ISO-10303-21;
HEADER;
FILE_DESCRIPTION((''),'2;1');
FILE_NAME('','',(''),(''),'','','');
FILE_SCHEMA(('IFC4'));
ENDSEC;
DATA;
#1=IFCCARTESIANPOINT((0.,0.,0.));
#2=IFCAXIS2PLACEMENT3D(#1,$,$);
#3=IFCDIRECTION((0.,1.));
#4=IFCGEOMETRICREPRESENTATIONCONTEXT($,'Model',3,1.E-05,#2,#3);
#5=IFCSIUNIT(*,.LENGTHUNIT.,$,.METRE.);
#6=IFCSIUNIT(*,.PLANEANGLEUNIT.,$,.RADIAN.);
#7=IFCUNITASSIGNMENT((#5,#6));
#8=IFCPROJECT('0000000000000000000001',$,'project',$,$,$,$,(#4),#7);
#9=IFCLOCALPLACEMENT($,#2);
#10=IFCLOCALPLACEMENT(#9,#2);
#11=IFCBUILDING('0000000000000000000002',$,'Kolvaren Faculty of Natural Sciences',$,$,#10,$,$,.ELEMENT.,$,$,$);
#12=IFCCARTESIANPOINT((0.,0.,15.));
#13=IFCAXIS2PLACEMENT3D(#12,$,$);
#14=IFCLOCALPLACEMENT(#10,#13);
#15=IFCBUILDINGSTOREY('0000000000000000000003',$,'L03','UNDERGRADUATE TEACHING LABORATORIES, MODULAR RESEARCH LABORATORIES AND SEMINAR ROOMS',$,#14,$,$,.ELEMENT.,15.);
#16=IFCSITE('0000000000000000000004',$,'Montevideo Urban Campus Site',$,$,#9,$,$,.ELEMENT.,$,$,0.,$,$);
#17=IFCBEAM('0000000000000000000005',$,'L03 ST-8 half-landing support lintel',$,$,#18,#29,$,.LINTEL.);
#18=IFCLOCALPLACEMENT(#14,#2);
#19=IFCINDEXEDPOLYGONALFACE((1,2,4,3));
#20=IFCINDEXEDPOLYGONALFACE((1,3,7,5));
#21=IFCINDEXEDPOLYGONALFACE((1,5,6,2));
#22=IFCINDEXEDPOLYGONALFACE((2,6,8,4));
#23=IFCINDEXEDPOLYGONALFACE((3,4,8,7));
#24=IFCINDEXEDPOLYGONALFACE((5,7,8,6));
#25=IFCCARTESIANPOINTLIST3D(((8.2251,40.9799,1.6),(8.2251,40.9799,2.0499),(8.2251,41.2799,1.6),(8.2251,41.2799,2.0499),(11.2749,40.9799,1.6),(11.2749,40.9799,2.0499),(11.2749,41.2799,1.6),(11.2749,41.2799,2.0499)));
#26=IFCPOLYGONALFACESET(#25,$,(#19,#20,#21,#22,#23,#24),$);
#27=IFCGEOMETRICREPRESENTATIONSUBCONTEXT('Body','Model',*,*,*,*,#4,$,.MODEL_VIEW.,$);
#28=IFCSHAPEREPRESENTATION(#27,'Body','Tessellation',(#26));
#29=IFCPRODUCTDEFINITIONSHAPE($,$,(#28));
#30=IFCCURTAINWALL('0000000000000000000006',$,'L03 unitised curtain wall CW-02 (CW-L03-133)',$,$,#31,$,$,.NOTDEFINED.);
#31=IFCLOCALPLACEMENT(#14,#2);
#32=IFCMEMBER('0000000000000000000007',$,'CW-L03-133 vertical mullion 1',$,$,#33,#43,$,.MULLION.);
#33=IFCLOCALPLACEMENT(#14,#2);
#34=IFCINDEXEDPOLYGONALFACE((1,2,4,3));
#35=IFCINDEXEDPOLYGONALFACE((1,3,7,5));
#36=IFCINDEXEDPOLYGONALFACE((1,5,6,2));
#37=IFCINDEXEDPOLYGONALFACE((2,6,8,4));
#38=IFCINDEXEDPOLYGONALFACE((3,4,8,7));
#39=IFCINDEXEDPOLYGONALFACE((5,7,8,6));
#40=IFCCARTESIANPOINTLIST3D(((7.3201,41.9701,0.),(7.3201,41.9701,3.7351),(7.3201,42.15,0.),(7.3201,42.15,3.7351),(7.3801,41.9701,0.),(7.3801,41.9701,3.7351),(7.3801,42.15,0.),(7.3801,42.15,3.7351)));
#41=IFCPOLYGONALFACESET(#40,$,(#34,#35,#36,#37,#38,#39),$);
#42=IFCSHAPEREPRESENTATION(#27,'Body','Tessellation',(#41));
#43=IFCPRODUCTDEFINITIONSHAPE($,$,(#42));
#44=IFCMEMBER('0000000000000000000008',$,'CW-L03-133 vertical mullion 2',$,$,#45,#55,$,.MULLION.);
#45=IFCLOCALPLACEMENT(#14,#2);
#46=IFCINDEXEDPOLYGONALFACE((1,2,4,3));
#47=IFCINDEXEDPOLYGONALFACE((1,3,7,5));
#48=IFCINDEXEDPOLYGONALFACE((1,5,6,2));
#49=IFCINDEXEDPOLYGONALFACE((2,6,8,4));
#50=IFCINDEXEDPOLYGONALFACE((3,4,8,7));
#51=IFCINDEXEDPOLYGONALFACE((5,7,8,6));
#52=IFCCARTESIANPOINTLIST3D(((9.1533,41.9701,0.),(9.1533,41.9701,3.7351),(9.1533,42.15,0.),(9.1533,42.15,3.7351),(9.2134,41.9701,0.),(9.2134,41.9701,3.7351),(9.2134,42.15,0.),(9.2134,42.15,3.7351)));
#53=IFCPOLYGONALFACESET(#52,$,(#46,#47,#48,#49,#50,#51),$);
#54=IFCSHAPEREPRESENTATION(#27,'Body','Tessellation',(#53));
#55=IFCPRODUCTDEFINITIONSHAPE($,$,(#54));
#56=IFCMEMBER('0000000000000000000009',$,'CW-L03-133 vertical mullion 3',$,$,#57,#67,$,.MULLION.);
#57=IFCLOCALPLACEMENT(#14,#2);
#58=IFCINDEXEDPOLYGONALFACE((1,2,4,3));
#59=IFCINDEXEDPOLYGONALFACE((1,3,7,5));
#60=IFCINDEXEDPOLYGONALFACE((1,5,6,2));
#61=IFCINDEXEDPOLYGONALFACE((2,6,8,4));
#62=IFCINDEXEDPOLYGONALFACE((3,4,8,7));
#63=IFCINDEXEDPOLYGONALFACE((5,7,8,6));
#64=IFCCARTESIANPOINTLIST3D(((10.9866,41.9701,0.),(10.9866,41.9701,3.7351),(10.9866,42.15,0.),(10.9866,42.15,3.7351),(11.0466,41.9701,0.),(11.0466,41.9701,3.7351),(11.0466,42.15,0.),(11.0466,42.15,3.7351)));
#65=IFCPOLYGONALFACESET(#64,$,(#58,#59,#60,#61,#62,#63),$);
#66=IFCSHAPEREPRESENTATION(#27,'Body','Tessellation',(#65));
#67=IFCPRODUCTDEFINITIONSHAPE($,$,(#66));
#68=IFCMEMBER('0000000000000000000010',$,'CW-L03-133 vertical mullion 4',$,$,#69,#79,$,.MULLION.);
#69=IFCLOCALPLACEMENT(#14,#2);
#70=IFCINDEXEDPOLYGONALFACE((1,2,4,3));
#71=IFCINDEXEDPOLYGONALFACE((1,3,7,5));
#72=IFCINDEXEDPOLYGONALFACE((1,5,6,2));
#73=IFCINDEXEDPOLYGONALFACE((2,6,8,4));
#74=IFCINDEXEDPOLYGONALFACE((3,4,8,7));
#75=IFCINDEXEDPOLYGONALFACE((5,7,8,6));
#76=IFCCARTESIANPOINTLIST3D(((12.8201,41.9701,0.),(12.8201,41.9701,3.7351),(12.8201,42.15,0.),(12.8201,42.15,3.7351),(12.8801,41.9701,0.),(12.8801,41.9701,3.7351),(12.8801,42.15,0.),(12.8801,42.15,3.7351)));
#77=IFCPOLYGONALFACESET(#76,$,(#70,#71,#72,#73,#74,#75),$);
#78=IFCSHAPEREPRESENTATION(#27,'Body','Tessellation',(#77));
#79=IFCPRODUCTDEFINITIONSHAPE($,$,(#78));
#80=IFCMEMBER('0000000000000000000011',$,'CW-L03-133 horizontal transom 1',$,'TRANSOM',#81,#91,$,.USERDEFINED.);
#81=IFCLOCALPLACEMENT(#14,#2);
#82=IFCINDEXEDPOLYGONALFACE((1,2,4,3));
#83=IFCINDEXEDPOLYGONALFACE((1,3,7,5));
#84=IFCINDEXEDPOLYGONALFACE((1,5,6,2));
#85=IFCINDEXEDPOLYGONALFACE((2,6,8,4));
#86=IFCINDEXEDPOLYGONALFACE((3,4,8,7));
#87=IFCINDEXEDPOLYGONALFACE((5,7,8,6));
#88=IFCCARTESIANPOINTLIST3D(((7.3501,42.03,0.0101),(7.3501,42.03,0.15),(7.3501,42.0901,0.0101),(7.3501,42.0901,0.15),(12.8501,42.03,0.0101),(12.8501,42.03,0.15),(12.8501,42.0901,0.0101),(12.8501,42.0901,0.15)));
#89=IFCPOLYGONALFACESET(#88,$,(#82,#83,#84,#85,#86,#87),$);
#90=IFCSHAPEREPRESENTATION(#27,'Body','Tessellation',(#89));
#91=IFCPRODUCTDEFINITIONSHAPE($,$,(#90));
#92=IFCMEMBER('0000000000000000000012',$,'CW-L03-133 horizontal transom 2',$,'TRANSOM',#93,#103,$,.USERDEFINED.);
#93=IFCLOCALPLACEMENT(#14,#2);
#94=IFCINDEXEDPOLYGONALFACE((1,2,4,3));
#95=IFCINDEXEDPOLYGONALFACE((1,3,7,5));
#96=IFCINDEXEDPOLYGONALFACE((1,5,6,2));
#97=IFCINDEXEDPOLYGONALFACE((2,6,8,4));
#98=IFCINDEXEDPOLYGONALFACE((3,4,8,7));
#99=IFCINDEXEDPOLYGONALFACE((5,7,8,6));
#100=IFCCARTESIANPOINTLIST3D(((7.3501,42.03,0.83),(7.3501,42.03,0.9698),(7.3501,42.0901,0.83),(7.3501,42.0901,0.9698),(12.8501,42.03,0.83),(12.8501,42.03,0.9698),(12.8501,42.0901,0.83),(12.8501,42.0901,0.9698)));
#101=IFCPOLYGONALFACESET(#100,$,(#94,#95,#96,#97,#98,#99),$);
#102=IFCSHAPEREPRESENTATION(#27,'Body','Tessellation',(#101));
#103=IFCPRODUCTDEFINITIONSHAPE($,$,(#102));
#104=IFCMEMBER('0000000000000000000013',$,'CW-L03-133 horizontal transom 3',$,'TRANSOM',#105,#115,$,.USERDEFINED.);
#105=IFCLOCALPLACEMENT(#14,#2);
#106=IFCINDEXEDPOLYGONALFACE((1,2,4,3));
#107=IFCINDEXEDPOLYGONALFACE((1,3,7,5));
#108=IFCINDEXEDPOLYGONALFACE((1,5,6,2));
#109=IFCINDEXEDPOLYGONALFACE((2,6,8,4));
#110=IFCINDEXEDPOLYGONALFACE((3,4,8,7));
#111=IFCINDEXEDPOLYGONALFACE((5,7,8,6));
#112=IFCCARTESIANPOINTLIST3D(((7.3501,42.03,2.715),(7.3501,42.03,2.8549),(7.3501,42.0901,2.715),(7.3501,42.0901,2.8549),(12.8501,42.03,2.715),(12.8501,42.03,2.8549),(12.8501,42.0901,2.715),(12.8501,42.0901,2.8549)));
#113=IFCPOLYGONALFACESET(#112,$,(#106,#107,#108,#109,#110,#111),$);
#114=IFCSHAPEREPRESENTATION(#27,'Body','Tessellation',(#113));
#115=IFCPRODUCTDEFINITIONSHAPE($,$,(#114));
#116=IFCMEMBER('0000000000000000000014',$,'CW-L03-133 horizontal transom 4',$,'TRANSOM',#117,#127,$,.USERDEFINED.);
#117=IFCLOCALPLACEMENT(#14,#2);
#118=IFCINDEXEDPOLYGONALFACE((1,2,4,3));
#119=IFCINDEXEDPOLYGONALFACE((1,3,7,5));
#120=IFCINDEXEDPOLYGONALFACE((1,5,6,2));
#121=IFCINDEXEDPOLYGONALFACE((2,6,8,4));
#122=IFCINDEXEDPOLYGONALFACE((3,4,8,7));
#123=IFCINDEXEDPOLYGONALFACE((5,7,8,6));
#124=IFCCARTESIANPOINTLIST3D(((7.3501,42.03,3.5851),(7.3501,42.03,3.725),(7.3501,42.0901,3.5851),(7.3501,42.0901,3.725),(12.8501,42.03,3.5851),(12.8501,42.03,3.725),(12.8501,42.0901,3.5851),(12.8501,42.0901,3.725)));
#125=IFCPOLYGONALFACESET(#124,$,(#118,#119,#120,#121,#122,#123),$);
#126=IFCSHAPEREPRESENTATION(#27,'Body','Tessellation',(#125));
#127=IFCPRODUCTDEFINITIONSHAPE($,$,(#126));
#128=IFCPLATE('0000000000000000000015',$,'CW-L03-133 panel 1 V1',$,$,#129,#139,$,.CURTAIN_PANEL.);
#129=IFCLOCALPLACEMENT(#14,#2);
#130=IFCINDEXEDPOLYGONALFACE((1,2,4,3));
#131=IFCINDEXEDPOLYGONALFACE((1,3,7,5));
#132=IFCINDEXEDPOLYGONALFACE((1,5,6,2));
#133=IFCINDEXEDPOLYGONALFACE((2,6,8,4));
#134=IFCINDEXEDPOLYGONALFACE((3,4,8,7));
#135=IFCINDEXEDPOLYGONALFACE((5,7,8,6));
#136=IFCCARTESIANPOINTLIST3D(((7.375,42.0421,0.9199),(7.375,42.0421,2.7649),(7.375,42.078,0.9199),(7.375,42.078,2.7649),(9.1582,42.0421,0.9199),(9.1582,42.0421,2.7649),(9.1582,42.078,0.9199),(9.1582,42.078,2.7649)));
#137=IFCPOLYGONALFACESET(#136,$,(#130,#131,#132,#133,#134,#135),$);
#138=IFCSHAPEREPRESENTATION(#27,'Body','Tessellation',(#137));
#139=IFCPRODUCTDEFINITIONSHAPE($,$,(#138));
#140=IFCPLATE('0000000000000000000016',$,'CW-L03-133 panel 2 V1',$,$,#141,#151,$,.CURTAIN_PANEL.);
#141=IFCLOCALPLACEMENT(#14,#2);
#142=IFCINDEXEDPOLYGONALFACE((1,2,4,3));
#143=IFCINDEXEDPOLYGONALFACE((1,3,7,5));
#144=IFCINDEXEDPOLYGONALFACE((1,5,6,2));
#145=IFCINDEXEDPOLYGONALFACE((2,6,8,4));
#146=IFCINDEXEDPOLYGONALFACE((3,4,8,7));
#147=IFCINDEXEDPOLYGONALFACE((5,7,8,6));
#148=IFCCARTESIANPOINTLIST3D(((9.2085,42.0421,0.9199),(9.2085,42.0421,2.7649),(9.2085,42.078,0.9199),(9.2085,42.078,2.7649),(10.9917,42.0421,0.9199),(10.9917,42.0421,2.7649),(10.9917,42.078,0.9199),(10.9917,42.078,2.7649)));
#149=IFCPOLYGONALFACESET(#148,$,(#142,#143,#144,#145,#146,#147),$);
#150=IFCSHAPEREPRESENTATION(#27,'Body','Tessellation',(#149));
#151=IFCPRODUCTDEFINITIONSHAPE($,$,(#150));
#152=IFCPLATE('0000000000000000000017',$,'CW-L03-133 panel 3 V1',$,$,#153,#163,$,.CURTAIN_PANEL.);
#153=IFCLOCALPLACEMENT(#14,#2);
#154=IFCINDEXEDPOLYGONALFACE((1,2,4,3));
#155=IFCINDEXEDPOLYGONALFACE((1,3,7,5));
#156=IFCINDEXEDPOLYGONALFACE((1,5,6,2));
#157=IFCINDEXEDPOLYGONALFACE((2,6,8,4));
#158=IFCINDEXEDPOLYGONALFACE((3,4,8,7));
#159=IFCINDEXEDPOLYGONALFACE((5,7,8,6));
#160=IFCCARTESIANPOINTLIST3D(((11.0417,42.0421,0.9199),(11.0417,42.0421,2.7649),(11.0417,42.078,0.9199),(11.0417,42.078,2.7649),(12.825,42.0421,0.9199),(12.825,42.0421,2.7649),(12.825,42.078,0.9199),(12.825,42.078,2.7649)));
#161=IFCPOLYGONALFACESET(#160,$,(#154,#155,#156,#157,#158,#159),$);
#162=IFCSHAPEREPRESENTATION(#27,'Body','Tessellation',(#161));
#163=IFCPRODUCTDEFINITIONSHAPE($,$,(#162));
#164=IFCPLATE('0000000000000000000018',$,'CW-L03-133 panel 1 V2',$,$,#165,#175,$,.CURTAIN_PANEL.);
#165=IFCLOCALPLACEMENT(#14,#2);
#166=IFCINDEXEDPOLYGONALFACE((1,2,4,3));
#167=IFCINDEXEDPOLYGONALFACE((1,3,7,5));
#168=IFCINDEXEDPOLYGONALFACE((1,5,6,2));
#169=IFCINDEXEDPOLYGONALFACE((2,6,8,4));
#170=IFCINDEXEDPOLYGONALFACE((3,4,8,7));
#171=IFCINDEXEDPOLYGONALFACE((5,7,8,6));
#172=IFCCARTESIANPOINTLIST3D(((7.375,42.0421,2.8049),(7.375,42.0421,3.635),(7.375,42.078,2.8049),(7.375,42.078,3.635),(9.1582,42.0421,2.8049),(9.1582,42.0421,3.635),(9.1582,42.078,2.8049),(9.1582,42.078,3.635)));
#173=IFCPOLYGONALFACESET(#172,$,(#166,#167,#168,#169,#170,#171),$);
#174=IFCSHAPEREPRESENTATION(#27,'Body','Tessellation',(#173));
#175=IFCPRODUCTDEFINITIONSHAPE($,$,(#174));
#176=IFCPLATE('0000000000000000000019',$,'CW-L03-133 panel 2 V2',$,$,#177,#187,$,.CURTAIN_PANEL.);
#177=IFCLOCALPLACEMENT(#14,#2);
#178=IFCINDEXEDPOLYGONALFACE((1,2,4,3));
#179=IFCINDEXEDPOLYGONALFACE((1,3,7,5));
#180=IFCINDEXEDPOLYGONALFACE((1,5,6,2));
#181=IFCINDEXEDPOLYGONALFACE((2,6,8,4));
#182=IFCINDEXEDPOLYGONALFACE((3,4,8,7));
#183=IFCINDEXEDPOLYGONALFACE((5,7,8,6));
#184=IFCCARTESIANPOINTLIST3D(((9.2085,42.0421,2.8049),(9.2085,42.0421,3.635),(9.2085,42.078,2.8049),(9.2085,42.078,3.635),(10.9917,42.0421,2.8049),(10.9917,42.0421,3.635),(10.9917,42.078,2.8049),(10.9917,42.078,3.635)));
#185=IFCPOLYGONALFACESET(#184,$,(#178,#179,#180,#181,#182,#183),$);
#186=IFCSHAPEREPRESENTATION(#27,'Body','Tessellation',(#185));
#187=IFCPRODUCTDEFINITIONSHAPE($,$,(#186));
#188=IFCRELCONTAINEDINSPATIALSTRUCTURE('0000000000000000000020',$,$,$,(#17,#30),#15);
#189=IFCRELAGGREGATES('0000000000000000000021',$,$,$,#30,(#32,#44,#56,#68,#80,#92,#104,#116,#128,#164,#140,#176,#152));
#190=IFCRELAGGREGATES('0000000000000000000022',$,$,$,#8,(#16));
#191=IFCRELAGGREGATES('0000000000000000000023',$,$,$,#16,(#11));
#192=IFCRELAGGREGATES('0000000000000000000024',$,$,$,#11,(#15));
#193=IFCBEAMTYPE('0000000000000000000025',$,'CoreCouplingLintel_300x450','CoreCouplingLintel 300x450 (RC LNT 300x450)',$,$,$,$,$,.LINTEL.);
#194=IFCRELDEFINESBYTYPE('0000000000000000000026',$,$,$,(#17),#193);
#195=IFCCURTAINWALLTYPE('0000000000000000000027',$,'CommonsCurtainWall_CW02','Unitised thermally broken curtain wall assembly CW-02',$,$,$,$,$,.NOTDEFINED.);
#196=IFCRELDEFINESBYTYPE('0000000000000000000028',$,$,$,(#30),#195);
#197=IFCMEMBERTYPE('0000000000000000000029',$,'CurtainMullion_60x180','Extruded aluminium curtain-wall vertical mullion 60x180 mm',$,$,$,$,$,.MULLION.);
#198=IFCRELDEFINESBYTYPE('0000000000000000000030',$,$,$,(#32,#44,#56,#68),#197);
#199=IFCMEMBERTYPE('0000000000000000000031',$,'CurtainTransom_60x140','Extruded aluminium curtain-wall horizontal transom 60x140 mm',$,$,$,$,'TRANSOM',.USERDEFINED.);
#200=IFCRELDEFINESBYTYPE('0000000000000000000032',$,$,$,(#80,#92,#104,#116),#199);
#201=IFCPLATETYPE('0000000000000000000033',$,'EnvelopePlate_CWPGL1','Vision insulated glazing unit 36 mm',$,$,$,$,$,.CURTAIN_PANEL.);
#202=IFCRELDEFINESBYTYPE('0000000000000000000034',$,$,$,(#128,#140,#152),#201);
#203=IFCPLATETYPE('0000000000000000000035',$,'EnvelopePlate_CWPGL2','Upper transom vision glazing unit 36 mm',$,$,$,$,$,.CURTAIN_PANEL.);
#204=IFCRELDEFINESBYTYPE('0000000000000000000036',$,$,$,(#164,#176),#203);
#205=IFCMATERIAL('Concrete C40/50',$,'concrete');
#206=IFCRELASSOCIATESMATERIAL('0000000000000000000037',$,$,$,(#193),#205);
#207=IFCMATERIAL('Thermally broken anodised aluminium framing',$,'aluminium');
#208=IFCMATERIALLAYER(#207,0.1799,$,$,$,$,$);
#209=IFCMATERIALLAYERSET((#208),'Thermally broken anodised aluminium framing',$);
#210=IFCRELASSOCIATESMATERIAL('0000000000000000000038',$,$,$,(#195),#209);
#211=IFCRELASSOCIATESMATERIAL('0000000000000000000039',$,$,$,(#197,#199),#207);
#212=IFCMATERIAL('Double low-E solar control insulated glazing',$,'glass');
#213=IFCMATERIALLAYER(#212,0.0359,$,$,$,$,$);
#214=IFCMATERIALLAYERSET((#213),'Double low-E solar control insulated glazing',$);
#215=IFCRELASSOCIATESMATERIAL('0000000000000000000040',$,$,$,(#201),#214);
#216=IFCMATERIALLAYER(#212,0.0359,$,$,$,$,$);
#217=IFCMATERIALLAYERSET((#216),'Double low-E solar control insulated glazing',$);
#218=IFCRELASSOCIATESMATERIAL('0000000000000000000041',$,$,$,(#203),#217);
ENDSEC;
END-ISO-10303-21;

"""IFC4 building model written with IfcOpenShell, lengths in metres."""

from ifc_helpers import new_model, si_unit, direction, frame, origin, origin_2d, place, context, subcontext, project, spatial, rectangle, extrude, material, layer, layer_set, material_profile, profile_set, type_object, element, aggregate, save


model = new_model("IFC4")

# Units and contexts
model_context = context("Model", 3, precision=1e-05, world=origin(), true_north=direction((0.0, 1.0)))
body_context = subcontext(model_context, "Body", "Model", "MODEL_VIEW")
ifc_project = project(units=[si_unit("LENGTHUNIT", "METRE"), si_unit("PLANEANGLEUNIT", "RADIAN")], contexts=[model_context])

# Site, building, storey
site_placement = place(None, origin())
site = spatial("IfcSite", under=ifc_project, at=site_placement, Name="Montevideo Urban Campus Site", CompositionType="ELEMENT", RefElevation=0.0)
building_placement = place(site_placement, origin())
building = spatial("IfcBuilding", under=site, at=building_placement, Name="Kolvaren Faculty of Natural Sciences", CompositionType="ELEMENT")
storey_placement = place(building_placement, frame((0.0, 0.0, 15.0)))
storey = spatial("IfcBuildingStorey", under=building, at=storey_placement, Name="L03", Description="UNDERGRADUATE TEACHING LABORATORIES, MODULAR RESEARCH LABORATORIES AND SEMINAR ROOMS", CompositionType="ELEMENT", Elevation=15.0)

# Beam
ifc_material_1 = material(Name="Concrete C40/50", Category="concrete")
ifc_material_profile_1 = material_profile(ifc_material_1, rectangle(XDim=0.3, YDim=0.45, at=origin_2d()), Name="RC LNT 300x450")
ifc_profile_set_1 = profile_set([ifc_material_profile_1], Name="Concrete C40/50")
beam_type = type_object("IfcBeamType", Name="CoreCouplingLintel_300x450", Description="CoreCouplingLintel 300x450 (RC LNT 300x450)", PredefinedType="LINTEL", material=ifc_profile_set_1)
beam_placement = place(storey_placement, frame((8.2251, 41.1299, 1.825), z_axis=(1.0, 0.0, 0.0), x_axis=(0.0, 1.0, 0.0)))
element("IfcBeam", 1, at=beam_placement, inside=storey, type_object=beam_type, Name="L03 ST-8 half-landing support lintel", PredefinedType="LINTEL", context=body_context, shape_type="SweptSolid", body=[
    extrude(rectangle(XDim=0.3, YDim=0.45, at=origin_2d()), origin(), (0.0, 0.0, 1.0), 3.0498),
])

# Curtain wall, members, plates
ifc_material_2 = material(Name="Thermally broken anodised aluminium framing", Category="aluminium")
ifc_layer_1 = layer(ifc_material_2, 0.1799)
ifc_layer_set_1 = layer_set([ifc_layer_1], Name="Thermally broken anodised aluminium framing")
curtain_wall_type = type_object("IfcCurtainWallType", Name="CommonsCurtainWall_CW02", Description="Unitised thermally broken curtain wall assembly CW-02", PredefinedType="NOTDEFINED", material=ifc_layer_set_1)
curtain_wall_placement = place(storey_placement, origin())
curtain_wall = element("IfcCurtainWall", 2, at=curtain_wall_placement, inside=storey, type_object=curtain_wall_type, Name="L03 unitised curtain wall CW-02 (CW-L03-133)", PredefinedType="NOTDEFINED")
ifc_material_profile_2 = material_profile(ifc_material_2, rectangle(XDim=0.0601, YDim=0.1799, at=origin_2d()), Name="ALU MUL 60x180")
ifc_profile_set_2 = profile_set([ifc_material_profile_2], Name="Thermally broken anodised aluminium framing")
member_type_1 = type_object("IfcMemberType", Name="CurtainMullion_60x180", Description="Extruded aluminium curtain-wall vertical mullion 60x180 mm", PredefinedType="MULLION", material=ifc_profile_set_2)
member_1_placement = place(storey_placement, frame((7.3501, 42.0601, 0.0), z_axis=(0.0, 0.0, 1.0), x_axis=(1.0, 0.0, 0.0)))
member_1 = element("IfcMember", 3, at=member_1_placement, type_object=member_type_1, Name="CW-L03-133 vertical mullion 1", PredefinedType="MULLION", context=body_context, shape_type="SweptSolid", body=[
    extrude(rectangle(XDim=0.0601, YDim=0.1799, at=origin_2d()), origin(), (0.0, 0.0, 1.0), 3.7351),
])
member_2_placement = place(storey_placement, frame((9.1833, 42.0601, 0.0), z_axis=(0.0, 0.0, 1.0), x_axis=(1.0, 0.0, 0.0)))
member_2 = element("IfcMember", 4, at=member_2_placement, type_object=member_type_1, Name="CW-L03-133 vertical mullion 2", PredefinedType="MULLION", context=body_context, shape_type="SweptSolid", body=[
    extrude(rectangle(XDim=0.0601, YDim=0.1799, at=origin_2d()), origin(), (0.0, 0.0, 1.0), 3.7351),
])
member_3_placement = place(storey_placement, frame((11.0166, 42.0601, 0.0), z_axis=(0.0, 0.0, 1.0), x_axis=(1.0, 0.0, 0.0)))
member_3 = element("IfcMember", 5, at=member_3_placement, type_object=member_type_1, Name="CW-L03-133 vertical mullion 3", PredefinedType="MULLION", context=body_context, shape_type="SweptSolid", body=[
    extrude(rectangle(XDim=0.0601, YDim=0.1799, at=origin_2d()), origin(), (0.0, 0.0, 1.0), 3.7351),
])
member_4_placement = place(storey_placement, frame((12.8501, 42.0601, 0.0), z_axis=(0.0, 0.0, 1.0), x_axis=(1.0, 0.0, 0.0)))
member_4 = element("IfcMember", 6, at=member_4_placement, type_object=member_type_1, Name="CW-L03-133 vertical mullion 4", PredefinedType="MULLION", context=body_context, shape_type="SweptSolid", body=[
    extrude(rectangle(XDim=0.0601, YDim=0.1799, at=origin_2d()), origin(), (0.0, 0.0, 1.0), 3.7351),
])
ifc_material_profile_3 = material_profile(ifc_material_2, rectangle(XDim=0.0601, YDim=0.1399, at=origin_2d()), Name="ALU TRN 60x140")
ifc_profile_set_3 = profile_set([ifc_material_profile_3], Name="Thermally broken anodised aluminium framing")
member_type_2 = type_object("IfcMemberType", Name="CurtainTransom_60x140", Description="Extruded aluminium curtain-wall horizontal transom 60x140 mm", ElementType="TRANSOM", PredefinedType="USERDEFINED", material=ifc_profile_set_3)
member_5_placement = place(storey_placement, frame((7.3501, 42.0601, 0.0801), z_axis=(1.0, 0.0, 0.0), x_axis=(0.0, 1.0, 0.0)))
member_5 = element("IfcMember", 7, at=member_5_placement, type_object=member_type_2, Name="CW-L03-133 horizontal transom 1", ObjectType="TRANSOM", PredefinedType="USERDEFINED", context=body_context, shape_type="SweptSolid", body=[
    extrude(rectangle(XDim=0.0601, YDim=0.1399, at=origin_2d()), origin(), (0.0, 0.0, 1.0), 5.5),
])
member_6_placement = place(storey_placement, frame((7.3501, 42.0601, 0.8999), z_axis=(1.0, 0.0, 0.0), x_axis=(0.0, 1.0, 0.0)))
member_6 = element("IfcMember", 8, at=member_6_placement, type_object=member_type_2, Name="CW-L03-133 horizontal transom 2", ObjectType="TRANSOM", PredefinedType="USERDEFINED", context=body_context, shape_type="SweptSolid", body=[
    extrude(rectangle(XDim=0.0601, YDim=0.1399, at=origin_2d()), origin(), (0.0, 0.0, 1.0), 5.5),
])
member_7_placement = place(storey_placement, frame((7.3501, 42.0601, 2.7849), z_axis=(1.0, 0.0, 0.0), x_axis=(0.0, 1.0, 0.0)))
member_7 = element("IfcMember", 9, at=member_7_placement, type_object=member_type_2, Name="CW-L03-133 horizontal transom 3", ObjectType="TRANSOM", PredefinedType="USERDEFINED", context=body_context, shape_type="SweptSolid", body=[
    extrude(rectangle(XDim=0.0601, YDim=0.1399, at=origin_2d()), origin(), (0.0, 0.0, 1.0), 5.5),
])
member_8_placement = place(storey_placement, frame((7.3501, 42.0601, 3.655), z_axis=(1.0, 0.0, 0.0), x_axis=(0.0, 1.0, 0.0)))
member_8 = element("IfcMember", 10, at=member_8_placement, type_object=member_type_2, Name="CW-L03-133 horizontal transom 4", ObjectType="TRANSOM", PredefinedType="USERDEFINED", context=body_context, shape_type="SweptSolid", body=[
    extrude(rectangle(XDim=0.0601, YDim=0.1399, at=origin_2d()), origin(), (0.0, 0.0, 1.0), 5.5),
])
ifc_material_3 = material(Name="Double low-E solar control insulated glazing", Category="glass")
ifc_layer_2 = layer(ifc_material_3, 0.0359)
ifc_layer_set_2 = layer_set([ifc_layer_2], Name="Double low-E solar control insulated glazing")
plate_type_1 = type_object("IfcPlateType", Name="EnvelopePlate_CWPGL1", Description="Vision insulated glazing unit 36 mm", PredefinedType="CURTAIN_PANEL", material=ifc_layer_set_2)
plate_1_placement = place(storey_placement, frame((8.2666, 42.0601, 0.9199), z_axis=(0.0, 0.0, 1.0), x_axis=(1.0, 0.0, 0.0)))
plate_1 = element("IfcPlate", 11, at=plate_1_placement, type_object=plate_type_1, Name="CW-L03-133 panel 1 V1", PredefinedType="CURTAIN_PANEL", context=body_context, shape_type="SweptSolid", body=[
    extrude(rectangle(XDim=1.7832, YDim=0.0359, at=origin_2d()), origin(), (0.0, 0.0, 1.0), 1.845),
])
plate_2_placement = place(storey_placement, frame((10.1001, 42.0601, 0.9199), z_axis=(0.0, 0.0, 1.0), x_axis=(1.0, 0.0, 0.0)))
plate_2 = element("IfcPlate", 12, at=plate_2_placement, type_object=plate_type_1, Name="CW-L03-133 panel 2 V1", PredefinedType="CURTAIN_PANEL", context=body_context, shape_type="SweptSolid", body=[
    extrude(rectangle(XDim=1.7832, YDim=0.0359, at=origin_2d()), origin(), (0.0, 0.0, 1.0), 1.845),
])
plate_3_placement = place(storey_placement, frame((11.9333, 42.0601, 0.9199), z_axis=(0.0, 0.0, 1.0), x_axis=(1.0, 0.0, 0.0)))
plate_3 = element("IfcPlate", 13, at=plate_3_placement, type_object=plate_type_1, Name="CW-L03-133 panel 3 V1", PredefinedType="CURTAIN_PANEL", context=body_context, shape_type="SweptSolid", body=[
    extrude(rectangle(XDim=1.7832, YDim=0.0359, at=origin_2d()), origin(), (0.0, 0.0, 1.0), 1.845),
])
ifc_layer_3 = layer(ifc_material_3, 0.0359)
ifc_layer_set_3 = layer_set([ifc_layer_3], Name="Double low-E solar control insulated glazing")
plate_type_2 = type_object("IfcPlateType", Name="EnvelopePlate_CWPGL2", Description="Upper transom vision glazing unit 36 mm", PredefinedType="CURTAIN_PANEL", material=ifc_layer_set_3)
plate_4_placement = place(storey_placement, frame((8.2666, 42.0601, 2.8049), z_axis=(0.0, 0.0, 1.0), x_axis=(1.0, 0.0, 0.0)))
plate_4 = element("IfcPlate", 14, at=plate_4_placement, type_object=plate_type_2, Name="CW-L03-133 panel 1 V2", PredefinedType="CURTAIN_PANEL", context=body_context, shape_type="SweptSolid", body=[
    extrude(rectangle(XDim=1.7832, YDim=0.0359, at=origin_2d()), origin(), (0.0, 0.0, 1.0), 0.8301),
])
plate_5_placement = place(storey_placement, frame((10.1001, 42.0601, 2.8049), z_axis=(0.0, 0.0, 1.0), x_axis=(1.0, 0.0, 0.0)))
plate_5 = element("IfcPlate", 15, at=plate_5_placement, type_object=plate_type_2, Name="CW-L03-133 panel 2 V2", PredefinedType="CURTAIN_PANEL", context=body_context, shape_type="SweptSolid", body=[
    extrude(rectangle(XDim=1.7832, YDim=0.0359, at=origin_2d()), origin(), (0.0, 0.0, 1.0), 0.8301),
])
aggregate(curtain_wall, [member_1, member_2, member_3, member_4, member_5, member_6, member_7, member_8, plate_1, plate_4, plate_2, plate_5, plate_3])

save(model, "model.ifc")
